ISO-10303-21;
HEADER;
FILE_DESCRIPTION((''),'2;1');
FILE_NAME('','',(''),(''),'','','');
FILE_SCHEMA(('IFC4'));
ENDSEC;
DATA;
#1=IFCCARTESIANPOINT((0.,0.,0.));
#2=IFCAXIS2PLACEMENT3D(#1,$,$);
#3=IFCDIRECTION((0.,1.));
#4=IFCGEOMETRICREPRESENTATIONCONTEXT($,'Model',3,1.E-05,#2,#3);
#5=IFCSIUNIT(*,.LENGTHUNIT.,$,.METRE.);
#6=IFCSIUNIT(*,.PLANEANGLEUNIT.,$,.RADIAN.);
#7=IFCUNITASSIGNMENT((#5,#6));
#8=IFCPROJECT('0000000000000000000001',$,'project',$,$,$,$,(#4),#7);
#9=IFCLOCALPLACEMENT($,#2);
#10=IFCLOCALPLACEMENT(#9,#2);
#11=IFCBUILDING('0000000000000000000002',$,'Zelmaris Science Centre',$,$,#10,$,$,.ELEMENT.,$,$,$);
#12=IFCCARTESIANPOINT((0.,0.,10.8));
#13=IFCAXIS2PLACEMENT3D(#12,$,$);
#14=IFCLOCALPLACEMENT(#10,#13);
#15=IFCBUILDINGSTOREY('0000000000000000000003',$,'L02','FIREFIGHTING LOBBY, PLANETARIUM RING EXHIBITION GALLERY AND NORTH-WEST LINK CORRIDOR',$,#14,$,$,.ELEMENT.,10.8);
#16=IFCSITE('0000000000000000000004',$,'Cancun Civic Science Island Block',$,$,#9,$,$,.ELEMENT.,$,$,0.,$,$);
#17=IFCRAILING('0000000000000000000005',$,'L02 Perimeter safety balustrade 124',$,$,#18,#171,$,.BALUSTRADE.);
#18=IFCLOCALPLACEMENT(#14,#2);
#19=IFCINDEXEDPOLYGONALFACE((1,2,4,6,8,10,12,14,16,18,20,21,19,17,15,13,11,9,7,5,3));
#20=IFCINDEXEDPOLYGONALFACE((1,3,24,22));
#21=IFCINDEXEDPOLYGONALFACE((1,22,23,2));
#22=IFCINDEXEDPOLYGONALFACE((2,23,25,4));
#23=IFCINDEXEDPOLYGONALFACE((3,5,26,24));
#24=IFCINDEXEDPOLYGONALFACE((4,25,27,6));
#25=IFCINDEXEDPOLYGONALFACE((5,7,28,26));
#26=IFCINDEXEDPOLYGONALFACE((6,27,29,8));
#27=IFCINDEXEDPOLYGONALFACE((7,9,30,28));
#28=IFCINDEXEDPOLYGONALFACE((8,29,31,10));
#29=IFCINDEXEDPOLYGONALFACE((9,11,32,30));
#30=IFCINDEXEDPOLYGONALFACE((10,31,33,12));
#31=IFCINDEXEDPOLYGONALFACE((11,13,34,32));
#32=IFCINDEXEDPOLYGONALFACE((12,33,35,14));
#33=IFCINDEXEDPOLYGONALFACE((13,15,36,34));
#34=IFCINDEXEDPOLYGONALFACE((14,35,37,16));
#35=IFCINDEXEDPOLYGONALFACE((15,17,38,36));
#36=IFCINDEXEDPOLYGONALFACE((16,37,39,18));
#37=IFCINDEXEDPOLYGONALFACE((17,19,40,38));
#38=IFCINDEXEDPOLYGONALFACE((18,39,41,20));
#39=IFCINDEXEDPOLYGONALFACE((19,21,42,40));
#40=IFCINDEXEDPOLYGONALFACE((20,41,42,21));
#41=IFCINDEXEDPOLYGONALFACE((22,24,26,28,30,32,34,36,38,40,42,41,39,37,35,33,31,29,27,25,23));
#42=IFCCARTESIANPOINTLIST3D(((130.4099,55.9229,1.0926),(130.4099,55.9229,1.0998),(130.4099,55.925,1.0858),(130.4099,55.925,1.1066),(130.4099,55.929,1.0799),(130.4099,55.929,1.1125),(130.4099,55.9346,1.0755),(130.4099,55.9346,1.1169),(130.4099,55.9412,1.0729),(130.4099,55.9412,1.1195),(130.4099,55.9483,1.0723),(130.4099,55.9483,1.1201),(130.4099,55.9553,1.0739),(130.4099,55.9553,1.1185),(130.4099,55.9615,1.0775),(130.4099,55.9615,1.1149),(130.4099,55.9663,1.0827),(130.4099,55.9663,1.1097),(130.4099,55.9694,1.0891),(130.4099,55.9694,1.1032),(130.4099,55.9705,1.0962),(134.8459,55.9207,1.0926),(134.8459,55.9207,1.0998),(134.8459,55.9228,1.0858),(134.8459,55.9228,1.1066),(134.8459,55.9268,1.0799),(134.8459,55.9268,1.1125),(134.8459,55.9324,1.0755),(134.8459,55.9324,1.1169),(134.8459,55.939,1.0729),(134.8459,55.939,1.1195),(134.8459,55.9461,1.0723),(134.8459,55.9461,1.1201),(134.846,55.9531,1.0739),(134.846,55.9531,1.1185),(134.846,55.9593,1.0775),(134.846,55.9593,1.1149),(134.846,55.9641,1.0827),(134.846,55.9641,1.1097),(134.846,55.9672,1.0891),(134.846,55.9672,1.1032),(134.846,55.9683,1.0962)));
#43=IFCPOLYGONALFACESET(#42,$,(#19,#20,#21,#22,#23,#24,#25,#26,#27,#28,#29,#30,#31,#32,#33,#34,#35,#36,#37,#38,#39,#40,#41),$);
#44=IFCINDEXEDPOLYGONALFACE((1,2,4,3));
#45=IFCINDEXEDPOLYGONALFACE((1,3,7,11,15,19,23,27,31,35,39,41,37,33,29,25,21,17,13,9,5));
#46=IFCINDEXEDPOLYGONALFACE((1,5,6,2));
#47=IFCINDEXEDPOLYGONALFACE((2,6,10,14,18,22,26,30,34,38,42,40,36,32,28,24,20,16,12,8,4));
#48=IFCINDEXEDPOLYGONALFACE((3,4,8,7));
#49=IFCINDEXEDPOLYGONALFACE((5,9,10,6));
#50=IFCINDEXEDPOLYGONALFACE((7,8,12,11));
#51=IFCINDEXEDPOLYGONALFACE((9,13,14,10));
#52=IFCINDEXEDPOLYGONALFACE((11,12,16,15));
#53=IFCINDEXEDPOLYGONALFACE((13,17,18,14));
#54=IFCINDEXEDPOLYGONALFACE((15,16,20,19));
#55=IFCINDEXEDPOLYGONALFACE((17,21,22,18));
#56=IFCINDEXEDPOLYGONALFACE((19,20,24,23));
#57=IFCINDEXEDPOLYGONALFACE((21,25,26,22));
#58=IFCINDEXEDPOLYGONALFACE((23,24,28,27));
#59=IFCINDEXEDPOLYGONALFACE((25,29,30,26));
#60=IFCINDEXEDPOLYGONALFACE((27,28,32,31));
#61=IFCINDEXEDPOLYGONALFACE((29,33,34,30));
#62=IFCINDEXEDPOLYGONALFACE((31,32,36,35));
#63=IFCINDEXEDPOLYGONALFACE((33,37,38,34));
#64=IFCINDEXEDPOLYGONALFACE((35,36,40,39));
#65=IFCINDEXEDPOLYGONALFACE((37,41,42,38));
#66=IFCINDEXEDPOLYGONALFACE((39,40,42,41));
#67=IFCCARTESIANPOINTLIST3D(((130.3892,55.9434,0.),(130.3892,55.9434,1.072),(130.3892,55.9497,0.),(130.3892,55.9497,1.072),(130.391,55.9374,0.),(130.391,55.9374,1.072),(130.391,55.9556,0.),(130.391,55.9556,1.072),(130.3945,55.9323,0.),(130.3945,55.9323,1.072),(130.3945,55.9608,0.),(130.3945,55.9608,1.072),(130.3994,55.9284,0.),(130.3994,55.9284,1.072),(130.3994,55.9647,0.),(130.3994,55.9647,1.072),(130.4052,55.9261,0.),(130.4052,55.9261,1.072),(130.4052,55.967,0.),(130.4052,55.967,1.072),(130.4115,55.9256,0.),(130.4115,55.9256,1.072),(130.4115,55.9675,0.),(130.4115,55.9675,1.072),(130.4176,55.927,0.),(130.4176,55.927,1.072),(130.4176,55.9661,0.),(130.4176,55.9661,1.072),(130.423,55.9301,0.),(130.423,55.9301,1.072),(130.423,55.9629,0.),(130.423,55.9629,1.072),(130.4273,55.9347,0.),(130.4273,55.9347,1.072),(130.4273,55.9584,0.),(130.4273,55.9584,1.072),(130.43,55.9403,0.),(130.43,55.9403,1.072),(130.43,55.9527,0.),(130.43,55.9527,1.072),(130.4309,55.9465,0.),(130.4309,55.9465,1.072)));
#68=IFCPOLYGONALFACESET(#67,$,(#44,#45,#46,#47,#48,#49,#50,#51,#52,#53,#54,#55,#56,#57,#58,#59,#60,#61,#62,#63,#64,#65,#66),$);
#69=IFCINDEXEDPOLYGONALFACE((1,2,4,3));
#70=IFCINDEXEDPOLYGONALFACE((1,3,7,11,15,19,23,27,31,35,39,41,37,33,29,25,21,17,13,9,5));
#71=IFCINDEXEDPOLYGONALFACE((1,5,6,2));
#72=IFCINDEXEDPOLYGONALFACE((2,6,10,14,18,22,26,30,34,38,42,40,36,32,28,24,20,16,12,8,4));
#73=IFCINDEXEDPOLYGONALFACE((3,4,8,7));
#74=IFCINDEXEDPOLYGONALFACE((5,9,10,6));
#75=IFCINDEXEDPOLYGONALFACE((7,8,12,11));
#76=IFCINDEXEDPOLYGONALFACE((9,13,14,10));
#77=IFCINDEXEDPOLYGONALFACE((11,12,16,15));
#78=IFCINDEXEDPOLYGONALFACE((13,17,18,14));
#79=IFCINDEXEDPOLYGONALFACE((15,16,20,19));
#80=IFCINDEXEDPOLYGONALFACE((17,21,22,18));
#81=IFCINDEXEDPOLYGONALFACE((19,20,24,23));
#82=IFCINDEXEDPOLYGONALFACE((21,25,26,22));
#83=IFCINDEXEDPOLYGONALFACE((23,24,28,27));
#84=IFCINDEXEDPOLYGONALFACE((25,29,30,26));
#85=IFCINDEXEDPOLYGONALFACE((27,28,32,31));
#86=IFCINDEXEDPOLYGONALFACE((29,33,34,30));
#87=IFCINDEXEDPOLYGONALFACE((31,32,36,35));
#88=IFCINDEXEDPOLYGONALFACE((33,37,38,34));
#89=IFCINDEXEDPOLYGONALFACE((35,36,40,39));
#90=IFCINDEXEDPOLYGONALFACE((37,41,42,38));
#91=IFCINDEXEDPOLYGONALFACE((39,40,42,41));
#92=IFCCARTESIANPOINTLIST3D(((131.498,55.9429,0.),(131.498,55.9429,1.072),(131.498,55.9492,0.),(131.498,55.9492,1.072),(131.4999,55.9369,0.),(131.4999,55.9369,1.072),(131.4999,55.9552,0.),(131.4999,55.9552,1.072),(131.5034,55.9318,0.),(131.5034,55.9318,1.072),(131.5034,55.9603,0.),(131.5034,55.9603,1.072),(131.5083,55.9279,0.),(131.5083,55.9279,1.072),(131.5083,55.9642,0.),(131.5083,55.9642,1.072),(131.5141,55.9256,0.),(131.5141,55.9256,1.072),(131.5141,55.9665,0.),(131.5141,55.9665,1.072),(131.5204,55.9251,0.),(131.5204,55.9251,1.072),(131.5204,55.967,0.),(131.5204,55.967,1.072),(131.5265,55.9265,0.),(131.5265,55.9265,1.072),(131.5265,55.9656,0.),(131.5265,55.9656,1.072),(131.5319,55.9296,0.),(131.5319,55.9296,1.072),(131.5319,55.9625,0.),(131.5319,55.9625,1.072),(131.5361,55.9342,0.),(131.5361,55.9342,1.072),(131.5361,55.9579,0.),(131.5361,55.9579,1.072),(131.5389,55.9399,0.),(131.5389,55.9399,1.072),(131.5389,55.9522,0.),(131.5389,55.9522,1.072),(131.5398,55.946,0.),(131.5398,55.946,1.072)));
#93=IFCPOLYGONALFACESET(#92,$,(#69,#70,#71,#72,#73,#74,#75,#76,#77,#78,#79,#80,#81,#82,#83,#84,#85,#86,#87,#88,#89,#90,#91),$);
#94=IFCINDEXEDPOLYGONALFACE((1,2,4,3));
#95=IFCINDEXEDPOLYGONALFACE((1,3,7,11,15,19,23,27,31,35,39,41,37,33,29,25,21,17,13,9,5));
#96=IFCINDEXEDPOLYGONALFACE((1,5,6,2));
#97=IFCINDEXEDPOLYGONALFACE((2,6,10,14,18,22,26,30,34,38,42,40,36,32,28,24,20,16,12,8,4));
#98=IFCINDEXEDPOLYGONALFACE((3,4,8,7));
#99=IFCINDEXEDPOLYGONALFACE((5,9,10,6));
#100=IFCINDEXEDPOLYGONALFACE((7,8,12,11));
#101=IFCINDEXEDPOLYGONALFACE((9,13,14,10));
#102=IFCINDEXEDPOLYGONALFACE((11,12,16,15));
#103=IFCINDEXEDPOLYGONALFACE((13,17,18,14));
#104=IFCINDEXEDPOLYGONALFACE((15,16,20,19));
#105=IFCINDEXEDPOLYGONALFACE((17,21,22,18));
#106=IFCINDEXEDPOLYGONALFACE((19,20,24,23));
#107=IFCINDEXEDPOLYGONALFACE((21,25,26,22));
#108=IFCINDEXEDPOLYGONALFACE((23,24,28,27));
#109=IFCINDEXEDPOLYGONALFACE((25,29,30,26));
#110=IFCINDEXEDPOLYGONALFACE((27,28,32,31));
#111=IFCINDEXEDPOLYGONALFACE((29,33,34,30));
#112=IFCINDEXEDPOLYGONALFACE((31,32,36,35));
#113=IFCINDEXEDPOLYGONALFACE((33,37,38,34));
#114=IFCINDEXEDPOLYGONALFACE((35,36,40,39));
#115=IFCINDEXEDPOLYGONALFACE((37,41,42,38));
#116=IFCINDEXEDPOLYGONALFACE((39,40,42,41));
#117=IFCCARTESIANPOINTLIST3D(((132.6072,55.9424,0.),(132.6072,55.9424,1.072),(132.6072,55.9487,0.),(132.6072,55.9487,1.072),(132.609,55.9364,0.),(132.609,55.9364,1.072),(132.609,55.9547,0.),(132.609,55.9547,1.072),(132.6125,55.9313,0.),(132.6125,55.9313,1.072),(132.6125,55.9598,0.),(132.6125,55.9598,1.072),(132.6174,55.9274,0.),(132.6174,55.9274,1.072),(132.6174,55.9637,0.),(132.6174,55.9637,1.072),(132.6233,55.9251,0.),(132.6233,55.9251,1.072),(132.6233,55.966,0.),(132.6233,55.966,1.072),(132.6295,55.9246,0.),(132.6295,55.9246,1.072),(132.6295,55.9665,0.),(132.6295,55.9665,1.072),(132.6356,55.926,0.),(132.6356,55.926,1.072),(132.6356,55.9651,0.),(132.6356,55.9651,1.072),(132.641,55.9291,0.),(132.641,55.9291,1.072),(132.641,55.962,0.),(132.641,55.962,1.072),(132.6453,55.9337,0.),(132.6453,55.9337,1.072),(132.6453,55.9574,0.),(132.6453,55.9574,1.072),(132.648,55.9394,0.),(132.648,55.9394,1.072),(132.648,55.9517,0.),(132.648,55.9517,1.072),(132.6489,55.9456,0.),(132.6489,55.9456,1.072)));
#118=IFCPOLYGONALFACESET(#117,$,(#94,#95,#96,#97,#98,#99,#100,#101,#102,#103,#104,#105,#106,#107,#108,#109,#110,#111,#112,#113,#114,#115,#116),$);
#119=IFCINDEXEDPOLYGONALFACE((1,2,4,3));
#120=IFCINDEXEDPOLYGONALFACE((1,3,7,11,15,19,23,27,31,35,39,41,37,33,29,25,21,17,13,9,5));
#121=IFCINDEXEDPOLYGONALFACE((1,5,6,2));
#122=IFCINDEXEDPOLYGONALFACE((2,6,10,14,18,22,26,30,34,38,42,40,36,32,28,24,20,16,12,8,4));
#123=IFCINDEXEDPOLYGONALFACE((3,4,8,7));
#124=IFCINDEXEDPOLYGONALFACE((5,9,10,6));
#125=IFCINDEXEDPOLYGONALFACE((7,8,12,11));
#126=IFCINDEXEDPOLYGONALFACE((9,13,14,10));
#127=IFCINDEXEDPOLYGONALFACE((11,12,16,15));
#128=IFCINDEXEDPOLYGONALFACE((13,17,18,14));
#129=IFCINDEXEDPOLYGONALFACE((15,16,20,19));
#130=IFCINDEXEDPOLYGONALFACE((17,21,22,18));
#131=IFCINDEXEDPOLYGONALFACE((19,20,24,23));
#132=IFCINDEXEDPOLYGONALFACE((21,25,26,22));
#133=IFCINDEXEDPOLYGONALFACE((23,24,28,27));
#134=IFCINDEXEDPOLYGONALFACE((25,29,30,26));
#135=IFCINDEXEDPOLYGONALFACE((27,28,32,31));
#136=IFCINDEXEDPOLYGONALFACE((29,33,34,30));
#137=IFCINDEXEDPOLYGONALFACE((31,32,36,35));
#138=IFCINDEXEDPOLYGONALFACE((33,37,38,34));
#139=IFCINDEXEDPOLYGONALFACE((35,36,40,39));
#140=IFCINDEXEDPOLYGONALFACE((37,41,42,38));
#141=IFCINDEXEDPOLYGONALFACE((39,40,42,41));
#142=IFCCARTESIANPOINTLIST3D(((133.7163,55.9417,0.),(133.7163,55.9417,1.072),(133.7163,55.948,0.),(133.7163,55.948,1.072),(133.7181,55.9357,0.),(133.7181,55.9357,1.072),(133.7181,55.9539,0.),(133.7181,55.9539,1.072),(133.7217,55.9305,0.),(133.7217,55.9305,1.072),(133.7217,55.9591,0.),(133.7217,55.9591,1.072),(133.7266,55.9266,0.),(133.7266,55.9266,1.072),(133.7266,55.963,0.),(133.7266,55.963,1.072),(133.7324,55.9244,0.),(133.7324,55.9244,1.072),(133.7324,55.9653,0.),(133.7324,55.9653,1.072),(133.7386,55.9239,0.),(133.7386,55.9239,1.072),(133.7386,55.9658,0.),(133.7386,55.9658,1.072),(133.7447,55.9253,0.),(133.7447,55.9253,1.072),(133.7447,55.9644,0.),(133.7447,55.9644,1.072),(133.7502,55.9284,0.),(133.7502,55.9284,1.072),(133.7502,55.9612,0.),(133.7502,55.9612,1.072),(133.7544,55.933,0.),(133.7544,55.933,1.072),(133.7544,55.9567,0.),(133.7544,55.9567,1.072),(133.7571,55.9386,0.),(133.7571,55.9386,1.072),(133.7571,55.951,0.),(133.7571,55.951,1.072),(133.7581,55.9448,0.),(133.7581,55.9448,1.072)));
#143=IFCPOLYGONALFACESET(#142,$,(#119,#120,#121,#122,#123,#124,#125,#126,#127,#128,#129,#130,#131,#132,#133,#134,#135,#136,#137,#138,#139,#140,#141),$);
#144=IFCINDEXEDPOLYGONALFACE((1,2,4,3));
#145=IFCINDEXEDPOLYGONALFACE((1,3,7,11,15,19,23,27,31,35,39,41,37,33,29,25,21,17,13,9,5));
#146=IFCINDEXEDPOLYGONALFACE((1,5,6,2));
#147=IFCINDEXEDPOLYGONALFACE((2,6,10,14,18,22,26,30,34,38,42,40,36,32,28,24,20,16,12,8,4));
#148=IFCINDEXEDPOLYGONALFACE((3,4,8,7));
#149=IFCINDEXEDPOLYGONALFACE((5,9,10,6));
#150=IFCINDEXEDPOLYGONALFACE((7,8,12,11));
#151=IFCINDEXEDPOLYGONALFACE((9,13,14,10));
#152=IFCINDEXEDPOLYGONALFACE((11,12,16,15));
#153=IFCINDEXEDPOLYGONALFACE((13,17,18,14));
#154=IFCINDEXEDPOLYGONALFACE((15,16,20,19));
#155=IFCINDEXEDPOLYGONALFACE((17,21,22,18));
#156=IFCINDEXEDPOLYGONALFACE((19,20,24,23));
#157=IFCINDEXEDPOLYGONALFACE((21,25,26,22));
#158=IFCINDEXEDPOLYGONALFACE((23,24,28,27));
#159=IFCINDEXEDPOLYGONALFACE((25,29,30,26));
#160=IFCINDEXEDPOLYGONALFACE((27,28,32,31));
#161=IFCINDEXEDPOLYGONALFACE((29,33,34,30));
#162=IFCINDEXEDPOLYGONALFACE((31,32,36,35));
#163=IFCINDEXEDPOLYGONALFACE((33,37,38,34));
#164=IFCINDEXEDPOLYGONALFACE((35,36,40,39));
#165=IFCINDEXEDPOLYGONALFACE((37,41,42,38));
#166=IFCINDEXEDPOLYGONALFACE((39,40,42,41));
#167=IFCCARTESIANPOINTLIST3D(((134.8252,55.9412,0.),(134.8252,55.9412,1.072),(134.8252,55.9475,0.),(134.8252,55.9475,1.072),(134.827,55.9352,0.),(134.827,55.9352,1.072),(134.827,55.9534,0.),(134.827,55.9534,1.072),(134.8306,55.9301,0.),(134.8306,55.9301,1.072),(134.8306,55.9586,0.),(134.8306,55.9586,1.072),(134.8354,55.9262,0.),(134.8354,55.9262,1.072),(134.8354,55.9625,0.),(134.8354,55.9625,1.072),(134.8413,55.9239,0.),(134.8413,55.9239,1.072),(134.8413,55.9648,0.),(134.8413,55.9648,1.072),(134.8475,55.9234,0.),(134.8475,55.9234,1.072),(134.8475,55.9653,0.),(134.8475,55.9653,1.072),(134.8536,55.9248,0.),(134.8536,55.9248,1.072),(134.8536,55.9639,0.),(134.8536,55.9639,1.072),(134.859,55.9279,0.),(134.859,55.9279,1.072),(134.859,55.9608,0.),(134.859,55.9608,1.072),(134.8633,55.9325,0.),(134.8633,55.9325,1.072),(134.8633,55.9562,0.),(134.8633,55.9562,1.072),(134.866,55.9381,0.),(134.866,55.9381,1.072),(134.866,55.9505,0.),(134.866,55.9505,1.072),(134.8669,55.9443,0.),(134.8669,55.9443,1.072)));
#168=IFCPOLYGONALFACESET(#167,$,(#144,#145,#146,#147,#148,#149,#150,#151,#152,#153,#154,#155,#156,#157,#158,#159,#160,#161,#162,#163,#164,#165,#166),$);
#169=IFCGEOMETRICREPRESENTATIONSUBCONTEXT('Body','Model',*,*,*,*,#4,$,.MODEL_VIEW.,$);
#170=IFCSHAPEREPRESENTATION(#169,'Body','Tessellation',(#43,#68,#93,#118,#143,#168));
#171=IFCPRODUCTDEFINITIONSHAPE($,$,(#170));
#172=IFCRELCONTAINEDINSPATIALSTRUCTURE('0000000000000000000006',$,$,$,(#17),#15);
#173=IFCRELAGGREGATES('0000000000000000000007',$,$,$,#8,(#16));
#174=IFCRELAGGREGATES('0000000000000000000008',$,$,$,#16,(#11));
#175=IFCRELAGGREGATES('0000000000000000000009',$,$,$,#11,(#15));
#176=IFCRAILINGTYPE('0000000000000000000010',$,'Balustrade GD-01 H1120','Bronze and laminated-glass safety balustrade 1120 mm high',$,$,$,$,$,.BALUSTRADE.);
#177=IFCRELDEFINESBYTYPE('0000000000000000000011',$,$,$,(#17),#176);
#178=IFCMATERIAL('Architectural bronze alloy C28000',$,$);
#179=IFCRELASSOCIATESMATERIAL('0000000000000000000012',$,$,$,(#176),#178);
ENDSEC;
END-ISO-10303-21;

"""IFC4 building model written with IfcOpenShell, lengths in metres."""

from ifc_helpers import new_model, si_unit, direction, frame, origin, origin_2d, place, context, subcontext, project, spatial, circle, extrude, material, type_object, element, save


model = new_model("IFC4")

# Units and contexts
model_context = context("Model", 3, precision=1e-05, world=origin(), true_north=direction((0.0, 1.0)))
body_context = subcontext(model_context, "Body", "Model", "MODEL_VIEW")
ifc_project = project(units=[si_unit("LENGTHUNIT", "METRE"), si_unit("PLANEANGLEUNIT", "RADIAN")], contexts=[model_context])

# Site, building, storey
site_placement = place(None, origin())
site = spatial("IfcSite", under=ifc_project, at=site_placement, Name="Cancun Civic Science Island Block", CompositionType="ELEMENT", RefElevation=0.0)
building_placement = place(site_placement, origin())
building = spatial("IfcBuilding", under=site, at=building_placement, Name="Zelmaris Science Centre", CompositionType="ELEMENT")
storey_placement = place(building_placement, frame((0.0, 0.0, 10.8)))
storey = spatial("IfcBuildingStorey", under=building, at=storey_placement, Name="L02", Description="FIREFIGHTING LOBBY, PLANETARIUM RING EXHIBITION GALLERY AND NORTH-WEST LINK CORRIDOR", CompositionType="ELEMENT", Elevation=10.8)

# Railing
ifc_material_1 = material(Name="Architectural bronze alloy C28000")
railing_type = type_object("IfcRailingType", Name="Balustrade GD-01 H1120", Description="Bronze and laminated-glass safety balustrade 1120 mm high", PredefinedType="BALUSTRADE", material=ifc_material_1)
railing_1_placement = place(storey_placement, frame((130.4099, 55.9465, 0.0)))
element("IfcRailing", 1, at=railing_1_placement, inside=storey, type_object=railing_type, Name="L02 Perimeter safety balustrade 124", PredefinedType="BALUSTRADE", context=body_context, shape_type="SweptSolid", body=[
    extrude(circle(Radius=0.0239, at=origin_2d()), frame((0.0, 0.0, 1.0962), z_axis=(1.0, -0.000495, 0.0), x_axis=(0.000495, 1.0, 0.0)), (0.0, 0.0, 1.0), 4.436),
    extrude(circle(Radius=0.021, at=origin_2d()), origin(), (0.0, 0.0, 1.0), 1.072),
    extrude(circle(Radius=0.021, at=origin_2d()), frame((1.1089, -0.0005, 0.0)), (0.0, 0.0, 1.0), 1.072),
    extrude(circle(Radius=0.021, at=origin_2d()), frame((2.218, -0.001, 0.0)), (0.0, 0.0, 1.0), 1.072),
    extrude(circle(Radius=0.021, at=origin_2d()), frame((3.3271, -0.0017, 0.0)), (0.0, 0.0, 1.0), 1.072),
    extrude(circle(Radius=0.021, at=origin_2d()), frame((4.436, -0.0022, 0.0)), (0.0, 0.0, 1.0), 1.072),
])

save(model, "model.ifc")
